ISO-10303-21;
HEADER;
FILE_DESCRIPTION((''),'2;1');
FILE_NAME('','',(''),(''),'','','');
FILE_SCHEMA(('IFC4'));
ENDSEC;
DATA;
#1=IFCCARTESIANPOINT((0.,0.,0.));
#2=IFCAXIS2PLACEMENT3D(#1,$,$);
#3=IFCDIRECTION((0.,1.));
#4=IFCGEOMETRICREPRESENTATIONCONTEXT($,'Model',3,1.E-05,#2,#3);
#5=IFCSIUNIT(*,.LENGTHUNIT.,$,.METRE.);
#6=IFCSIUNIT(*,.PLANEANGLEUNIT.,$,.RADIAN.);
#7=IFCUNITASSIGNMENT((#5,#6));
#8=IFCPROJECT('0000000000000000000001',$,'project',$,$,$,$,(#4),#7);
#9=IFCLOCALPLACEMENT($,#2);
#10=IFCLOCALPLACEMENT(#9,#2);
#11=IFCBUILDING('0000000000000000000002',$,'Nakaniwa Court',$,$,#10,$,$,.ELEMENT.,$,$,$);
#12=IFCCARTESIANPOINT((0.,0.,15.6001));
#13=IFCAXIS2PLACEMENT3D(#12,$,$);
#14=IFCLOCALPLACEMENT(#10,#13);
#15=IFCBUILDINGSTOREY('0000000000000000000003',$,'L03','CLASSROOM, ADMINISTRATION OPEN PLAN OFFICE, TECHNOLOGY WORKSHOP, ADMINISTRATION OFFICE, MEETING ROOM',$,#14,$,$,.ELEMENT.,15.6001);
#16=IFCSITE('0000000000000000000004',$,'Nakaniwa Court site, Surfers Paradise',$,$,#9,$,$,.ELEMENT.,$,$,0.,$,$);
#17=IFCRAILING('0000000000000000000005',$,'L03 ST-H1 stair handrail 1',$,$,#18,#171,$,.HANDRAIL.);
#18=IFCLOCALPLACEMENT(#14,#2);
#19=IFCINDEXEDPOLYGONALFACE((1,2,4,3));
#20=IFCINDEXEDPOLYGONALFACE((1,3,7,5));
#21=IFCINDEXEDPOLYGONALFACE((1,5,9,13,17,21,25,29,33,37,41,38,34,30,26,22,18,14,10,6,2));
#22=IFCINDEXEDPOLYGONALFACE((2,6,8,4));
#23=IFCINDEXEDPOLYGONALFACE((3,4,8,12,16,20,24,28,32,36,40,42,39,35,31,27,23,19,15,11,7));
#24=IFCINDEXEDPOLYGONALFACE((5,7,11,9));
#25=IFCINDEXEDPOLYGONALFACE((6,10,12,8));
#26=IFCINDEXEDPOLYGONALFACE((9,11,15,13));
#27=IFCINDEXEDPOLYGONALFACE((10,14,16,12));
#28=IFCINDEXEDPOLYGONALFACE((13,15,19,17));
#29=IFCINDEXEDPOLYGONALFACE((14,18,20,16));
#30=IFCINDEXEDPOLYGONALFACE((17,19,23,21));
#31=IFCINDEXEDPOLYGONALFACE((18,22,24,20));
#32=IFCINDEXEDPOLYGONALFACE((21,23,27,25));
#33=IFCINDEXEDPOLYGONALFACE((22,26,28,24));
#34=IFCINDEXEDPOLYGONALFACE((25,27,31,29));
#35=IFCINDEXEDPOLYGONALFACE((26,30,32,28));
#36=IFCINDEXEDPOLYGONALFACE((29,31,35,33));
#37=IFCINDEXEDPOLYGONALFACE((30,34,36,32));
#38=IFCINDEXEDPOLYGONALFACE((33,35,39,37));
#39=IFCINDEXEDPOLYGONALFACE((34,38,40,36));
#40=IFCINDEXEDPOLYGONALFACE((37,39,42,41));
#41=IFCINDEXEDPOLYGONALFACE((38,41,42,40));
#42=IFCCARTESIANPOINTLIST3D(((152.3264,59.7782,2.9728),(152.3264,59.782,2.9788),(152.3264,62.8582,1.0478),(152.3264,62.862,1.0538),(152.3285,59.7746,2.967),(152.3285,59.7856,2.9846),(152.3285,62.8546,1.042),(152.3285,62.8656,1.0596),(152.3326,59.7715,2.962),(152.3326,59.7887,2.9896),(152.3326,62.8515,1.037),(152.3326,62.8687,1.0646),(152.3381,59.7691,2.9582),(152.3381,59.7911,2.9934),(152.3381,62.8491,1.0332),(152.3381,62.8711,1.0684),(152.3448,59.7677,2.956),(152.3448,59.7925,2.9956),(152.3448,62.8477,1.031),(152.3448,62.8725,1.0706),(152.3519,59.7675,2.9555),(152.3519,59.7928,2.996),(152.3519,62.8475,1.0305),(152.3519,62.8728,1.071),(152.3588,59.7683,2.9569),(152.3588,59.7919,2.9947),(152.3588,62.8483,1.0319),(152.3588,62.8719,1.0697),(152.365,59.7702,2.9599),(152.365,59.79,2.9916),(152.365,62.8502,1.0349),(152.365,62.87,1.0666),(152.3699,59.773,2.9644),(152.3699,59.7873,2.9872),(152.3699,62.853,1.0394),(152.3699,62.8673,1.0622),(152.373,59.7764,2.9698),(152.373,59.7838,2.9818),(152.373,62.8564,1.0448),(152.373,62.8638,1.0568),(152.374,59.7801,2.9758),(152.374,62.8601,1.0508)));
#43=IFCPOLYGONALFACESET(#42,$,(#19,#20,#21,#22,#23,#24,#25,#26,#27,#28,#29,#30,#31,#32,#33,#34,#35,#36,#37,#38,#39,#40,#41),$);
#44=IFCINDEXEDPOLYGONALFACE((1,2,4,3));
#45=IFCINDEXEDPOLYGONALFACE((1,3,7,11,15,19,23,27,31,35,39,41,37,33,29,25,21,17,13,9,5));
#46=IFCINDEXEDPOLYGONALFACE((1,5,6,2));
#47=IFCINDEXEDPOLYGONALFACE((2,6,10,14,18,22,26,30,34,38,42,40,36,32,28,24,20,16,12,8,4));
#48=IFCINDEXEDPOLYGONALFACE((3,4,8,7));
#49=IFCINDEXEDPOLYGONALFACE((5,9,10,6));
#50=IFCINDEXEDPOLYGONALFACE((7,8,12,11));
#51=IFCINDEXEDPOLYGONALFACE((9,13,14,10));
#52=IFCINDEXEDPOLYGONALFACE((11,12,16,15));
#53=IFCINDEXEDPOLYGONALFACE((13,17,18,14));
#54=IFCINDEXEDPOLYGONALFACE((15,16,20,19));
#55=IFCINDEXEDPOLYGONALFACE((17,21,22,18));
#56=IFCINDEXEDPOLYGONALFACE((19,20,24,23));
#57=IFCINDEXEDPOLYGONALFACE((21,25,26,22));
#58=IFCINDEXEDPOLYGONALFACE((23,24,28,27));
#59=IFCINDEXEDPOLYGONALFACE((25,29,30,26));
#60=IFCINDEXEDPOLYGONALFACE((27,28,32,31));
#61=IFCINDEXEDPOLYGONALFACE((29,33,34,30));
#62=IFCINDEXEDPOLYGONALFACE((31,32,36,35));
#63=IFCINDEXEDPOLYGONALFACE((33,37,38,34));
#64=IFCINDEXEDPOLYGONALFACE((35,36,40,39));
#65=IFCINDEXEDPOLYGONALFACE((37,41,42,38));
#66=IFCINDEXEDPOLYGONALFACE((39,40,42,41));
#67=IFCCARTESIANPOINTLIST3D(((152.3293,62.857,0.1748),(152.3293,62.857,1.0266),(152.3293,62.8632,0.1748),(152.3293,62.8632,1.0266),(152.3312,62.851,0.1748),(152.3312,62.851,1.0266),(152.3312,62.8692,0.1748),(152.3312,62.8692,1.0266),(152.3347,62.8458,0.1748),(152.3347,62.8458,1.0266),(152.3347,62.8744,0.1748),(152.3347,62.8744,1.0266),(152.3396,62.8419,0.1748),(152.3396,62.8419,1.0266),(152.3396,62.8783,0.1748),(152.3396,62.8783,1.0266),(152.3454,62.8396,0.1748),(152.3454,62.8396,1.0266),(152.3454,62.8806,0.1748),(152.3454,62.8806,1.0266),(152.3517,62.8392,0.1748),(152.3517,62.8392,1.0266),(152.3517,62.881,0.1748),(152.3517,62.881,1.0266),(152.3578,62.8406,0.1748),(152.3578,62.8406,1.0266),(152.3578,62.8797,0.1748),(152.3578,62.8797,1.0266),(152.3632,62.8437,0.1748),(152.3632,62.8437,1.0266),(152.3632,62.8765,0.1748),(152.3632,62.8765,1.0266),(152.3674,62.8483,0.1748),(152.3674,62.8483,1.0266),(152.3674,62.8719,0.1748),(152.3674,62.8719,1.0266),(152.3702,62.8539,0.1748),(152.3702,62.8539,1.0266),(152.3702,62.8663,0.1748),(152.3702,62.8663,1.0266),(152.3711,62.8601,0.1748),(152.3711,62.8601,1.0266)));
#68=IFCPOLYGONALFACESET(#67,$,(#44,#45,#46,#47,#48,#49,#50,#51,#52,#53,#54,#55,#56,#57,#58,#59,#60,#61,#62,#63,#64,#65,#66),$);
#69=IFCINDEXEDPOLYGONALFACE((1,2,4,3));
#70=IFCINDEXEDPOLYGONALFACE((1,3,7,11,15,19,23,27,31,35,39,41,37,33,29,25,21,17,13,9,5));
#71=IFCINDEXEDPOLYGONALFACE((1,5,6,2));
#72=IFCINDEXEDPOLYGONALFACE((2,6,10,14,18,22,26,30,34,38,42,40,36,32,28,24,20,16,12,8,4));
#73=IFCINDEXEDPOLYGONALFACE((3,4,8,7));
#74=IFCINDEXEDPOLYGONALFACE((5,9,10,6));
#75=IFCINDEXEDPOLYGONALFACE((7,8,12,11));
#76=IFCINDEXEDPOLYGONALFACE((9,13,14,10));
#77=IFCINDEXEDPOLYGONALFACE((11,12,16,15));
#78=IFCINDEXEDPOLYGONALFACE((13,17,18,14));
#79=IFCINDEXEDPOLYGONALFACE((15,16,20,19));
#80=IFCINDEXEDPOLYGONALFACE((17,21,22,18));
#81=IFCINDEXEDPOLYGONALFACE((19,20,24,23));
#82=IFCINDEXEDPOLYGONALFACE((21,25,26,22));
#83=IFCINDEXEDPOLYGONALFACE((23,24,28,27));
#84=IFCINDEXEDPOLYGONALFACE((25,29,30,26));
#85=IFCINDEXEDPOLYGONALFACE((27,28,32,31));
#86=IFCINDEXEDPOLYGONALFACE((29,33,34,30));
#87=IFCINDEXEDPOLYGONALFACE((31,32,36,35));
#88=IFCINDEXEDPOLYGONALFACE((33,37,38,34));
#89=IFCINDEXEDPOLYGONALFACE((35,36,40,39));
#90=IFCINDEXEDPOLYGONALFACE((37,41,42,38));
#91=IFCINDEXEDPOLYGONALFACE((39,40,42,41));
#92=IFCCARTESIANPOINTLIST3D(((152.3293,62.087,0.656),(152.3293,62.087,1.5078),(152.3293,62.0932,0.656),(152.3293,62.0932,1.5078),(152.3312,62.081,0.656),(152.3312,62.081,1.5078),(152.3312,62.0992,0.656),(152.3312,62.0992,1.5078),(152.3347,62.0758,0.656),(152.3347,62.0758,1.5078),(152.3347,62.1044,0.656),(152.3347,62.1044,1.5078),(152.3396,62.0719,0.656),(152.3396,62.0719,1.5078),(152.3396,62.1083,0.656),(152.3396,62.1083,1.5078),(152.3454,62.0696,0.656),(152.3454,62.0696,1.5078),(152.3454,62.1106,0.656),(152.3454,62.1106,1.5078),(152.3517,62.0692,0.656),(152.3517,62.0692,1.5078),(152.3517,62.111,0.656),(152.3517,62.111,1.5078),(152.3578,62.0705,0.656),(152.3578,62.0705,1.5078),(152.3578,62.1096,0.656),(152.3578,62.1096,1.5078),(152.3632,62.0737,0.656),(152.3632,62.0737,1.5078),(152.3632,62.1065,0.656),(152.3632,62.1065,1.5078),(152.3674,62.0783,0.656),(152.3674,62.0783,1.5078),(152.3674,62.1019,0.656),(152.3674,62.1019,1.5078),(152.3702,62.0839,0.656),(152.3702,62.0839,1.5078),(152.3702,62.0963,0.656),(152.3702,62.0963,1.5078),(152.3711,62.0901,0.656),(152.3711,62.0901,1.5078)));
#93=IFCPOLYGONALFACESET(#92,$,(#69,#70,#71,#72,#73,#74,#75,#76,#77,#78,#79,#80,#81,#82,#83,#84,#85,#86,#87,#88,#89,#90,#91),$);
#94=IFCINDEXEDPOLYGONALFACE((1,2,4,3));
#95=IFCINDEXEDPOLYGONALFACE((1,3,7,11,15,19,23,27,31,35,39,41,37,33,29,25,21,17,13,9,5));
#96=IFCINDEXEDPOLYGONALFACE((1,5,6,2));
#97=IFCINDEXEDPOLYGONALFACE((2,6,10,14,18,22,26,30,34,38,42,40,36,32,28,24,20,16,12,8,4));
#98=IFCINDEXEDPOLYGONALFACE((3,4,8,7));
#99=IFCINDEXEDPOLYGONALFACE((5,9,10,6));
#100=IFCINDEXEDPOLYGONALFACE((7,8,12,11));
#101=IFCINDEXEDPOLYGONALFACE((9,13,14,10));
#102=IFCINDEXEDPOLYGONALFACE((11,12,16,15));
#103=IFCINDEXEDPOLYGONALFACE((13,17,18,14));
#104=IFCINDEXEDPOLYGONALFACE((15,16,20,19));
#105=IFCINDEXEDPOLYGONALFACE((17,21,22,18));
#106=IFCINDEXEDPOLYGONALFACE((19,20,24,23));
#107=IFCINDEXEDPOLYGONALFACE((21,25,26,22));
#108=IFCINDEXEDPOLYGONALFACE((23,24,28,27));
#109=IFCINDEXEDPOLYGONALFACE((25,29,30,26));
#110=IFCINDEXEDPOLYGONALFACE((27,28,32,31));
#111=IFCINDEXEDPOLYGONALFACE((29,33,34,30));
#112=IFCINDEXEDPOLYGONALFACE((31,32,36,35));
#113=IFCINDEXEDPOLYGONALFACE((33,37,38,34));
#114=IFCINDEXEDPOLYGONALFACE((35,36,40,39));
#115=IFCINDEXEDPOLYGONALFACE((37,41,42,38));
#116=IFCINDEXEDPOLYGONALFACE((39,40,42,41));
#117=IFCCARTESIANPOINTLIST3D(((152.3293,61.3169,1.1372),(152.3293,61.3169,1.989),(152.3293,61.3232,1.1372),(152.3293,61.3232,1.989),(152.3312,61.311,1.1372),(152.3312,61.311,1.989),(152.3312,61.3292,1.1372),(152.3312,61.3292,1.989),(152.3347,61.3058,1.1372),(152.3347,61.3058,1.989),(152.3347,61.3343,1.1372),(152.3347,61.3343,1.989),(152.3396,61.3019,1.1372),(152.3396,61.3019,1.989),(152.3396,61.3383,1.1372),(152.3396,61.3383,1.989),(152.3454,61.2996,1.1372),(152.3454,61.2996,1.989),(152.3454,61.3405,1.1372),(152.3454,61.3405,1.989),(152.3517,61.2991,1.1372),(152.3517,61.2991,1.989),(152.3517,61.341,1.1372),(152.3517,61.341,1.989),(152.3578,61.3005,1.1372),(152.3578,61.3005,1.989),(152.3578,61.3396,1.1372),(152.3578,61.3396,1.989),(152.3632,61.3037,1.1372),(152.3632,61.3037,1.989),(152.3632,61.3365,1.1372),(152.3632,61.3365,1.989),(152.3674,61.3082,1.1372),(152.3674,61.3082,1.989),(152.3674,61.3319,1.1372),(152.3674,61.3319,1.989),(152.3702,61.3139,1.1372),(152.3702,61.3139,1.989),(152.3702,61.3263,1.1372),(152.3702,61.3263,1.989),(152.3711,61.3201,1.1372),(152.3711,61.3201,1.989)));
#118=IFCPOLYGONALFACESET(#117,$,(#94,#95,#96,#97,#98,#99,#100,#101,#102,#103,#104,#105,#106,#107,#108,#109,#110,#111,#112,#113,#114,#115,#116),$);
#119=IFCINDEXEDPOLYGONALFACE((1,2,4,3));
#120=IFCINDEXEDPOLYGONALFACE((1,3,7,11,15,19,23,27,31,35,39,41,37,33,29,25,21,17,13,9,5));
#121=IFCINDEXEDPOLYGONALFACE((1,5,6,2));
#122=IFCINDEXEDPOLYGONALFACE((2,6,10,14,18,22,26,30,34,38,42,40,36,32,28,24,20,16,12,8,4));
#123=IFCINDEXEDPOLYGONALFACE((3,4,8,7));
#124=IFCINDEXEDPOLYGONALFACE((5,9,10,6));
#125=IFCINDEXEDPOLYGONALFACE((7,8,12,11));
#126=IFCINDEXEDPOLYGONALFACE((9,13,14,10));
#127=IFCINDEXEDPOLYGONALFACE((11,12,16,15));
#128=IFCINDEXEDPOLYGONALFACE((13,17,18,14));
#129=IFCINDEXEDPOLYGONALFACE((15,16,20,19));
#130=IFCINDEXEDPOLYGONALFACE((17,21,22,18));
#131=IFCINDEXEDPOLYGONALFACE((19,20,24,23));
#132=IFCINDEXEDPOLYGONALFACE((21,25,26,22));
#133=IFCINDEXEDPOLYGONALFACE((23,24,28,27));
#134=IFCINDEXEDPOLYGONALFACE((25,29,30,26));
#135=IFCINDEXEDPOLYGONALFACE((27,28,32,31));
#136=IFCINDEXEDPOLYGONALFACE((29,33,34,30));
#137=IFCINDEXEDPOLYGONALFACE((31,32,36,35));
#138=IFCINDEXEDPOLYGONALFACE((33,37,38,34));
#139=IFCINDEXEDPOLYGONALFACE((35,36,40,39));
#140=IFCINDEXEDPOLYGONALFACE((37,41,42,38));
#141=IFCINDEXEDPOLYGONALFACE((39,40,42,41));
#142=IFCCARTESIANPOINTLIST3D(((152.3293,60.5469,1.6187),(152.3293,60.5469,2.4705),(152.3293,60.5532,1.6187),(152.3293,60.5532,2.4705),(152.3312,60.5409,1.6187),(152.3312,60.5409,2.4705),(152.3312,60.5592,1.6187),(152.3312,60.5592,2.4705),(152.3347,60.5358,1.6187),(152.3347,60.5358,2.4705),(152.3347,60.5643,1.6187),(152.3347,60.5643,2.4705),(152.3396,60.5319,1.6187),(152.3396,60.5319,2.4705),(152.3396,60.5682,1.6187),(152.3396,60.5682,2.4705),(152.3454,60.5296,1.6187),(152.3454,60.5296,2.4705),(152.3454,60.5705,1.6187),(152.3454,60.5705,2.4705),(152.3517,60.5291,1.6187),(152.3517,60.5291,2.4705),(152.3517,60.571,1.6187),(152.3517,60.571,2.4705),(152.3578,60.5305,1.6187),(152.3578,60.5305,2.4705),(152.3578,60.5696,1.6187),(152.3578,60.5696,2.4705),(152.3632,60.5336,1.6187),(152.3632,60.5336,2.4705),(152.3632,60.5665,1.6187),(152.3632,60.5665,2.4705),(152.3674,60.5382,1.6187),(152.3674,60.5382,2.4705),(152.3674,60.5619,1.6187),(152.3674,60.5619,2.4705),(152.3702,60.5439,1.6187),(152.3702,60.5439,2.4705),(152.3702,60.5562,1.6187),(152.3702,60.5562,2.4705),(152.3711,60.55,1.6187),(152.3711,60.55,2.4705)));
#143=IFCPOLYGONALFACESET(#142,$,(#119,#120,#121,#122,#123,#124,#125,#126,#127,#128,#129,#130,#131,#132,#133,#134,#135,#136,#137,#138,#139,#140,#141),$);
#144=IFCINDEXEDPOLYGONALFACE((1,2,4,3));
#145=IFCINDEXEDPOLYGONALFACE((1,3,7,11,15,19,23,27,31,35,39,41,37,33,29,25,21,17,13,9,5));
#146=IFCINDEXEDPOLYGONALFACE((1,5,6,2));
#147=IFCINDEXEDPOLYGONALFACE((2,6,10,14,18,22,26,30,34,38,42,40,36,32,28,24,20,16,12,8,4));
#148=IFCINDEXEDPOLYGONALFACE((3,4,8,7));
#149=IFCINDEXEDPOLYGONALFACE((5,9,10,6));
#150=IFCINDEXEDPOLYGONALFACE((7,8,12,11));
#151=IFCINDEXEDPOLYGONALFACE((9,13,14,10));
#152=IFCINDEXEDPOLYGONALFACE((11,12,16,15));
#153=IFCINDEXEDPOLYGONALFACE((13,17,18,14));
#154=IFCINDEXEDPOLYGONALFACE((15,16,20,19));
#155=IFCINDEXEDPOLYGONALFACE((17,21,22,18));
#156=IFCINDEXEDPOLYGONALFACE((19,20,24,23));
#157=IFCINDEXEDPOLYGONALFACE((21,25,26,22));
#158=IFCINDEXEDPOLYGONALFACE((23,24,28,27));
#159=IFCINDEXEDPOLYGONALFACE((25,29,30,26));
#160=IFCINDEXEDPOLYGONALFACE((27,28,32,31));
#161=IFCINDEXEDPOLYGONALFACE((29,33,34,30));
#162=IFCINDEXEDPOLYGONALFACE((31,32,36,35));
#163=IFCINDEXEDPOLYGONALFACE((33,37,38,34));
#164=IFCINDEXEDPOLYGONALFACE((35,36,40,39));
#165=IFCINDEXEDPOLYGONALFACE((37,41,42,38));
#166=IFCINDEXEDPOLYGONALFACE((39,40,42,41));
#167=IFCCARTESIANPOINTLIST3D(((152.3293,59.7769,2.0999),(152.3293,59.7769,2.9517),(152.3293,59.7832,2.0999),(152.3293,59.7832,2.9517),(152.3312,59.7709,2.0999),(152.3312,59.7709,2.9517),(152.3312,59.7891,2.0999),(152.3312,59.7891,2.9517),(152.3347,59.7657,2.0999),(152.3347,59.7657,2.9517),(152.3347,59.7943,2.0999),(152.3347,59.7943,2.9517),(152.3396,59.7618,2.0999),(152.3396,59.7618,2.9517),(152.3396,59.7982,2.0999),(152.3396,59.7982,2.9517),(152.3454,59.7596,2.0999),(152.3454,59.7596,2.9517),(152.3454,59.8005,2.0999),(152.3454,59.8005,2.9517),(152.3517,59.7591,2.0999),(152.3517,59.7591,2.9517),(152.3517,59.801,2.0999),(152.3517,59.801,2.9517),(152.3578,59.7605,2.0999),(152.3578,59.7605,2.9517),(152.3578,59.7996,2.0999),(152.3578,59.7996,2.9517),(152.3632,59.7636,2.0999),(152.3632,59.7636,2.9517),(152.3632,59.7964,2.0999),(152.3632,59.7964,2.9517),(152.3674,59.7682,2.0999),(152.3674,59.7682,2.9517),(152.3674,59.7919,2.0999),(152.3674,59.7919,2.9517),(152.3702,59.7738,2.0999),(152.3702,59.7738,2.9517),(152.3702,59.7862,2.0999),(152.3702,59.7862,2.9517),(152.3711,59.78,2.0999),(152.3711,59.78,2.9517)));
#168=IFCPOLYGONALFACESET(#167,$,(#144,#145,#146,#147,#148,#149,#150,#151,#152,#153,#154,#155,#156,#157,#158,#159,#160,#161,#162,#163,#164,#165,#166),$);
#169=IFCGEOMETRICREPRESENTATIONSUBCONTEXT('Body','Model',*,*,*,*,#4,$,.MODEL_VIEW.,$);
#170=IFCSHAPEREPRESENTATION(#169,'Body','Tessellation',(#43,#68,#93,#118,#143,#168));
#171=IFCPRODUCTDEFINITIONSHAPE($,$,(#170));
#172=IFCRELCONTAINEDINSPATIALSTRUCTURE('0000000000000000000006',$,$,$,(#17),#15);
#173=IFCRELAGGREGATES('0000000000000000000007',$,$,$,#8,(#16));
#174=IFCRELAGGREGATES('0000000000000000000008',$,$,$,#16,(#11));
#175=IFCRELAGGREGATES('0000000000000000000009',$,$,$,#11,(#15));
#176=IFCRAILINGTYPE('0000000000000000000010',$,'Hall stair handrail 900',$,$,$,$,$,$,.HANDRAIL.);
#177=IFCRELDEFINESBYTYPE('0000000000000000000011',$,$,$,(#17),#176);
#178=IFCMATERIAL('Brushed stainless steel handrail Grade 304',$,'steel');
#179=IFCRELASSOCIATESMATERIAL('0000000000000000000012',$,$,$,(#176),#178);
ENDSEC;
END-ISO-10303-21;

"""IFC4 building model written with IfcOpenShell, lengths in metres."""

from ifc_helpers import new_model, si_unit, direction, frame, origin, origin_2d, place, context, subcontext, project, spatial, circle, extrude, material, type_object, element, save


model = new_model("IFC4")

# Units and contexts
model_context = context("Model", 3, precision=1e-05, world=origin(), true_north=direction((0.0, 1.0)))
body_context = subcontext(model_context, "Body", "Model", "MODEL_VIEW")
ifc_project = project(units=[si_unit("LENGTHUNIT", "METRE"), si_unit("PLANEANGLEUNIT", "RADIAN")], contexts=[model_context])

# Site, building, storey
site_placement = place(None, origin())
site = spatial("IfcSite", under=ifc_project, at=site_placement, Name="Nakaniwa Court site, Surfers Paradise", CompositionType="ELEMENT", RefElevation=0.0)
building_placement = place(site_placement, origin())
building = spatial("IfcBuilding", under=site, at=building_placement, Name="Nakaniwa Court", CompositionType="ELEMENT")
storey_placement = place(building_placement, frame((0.0, 0.0, 15.6001)))
storey = spatial("IfcBuildingStorey", under=building, at=storey_placement, Name="L03", Description="CLASSROOM, ADMINISTRATION OPEN PLAN OFFICE, TECHNOLOGY WORKSHOP, ADMINISTRATION OFFICE, MEETING ROOM", CompositionType="ELEMENT", Elevation=15.6001)

# Railing
ifc_material_1 = material(Name="Brushed stainless steel handrail Grade 304", Category="steel")
railing_type_1 = type_object("IfcRailingType", Name="Hall stair handrail 900", PredefinedType="HANDRAIL", material=ifc_material_1)
railing_1_placement = place(storey_placement, frame((152.3501, 62.8601, 0.1748)))
element("IfcRailing", 1, at=railing_1_placement, inside=storey, type_object=railing_type_1, Name="L03 ST-H1 stair handrail 1", PredefinedType="HANDRAIL", context=body_context, shape_type="SweptSolid", body=[
    extrude(circle(Radius=0.0239, at=origin_2d()), frame((0.0, 0.0, 0.876), z_axis=(0.0, -0.847998, 0.529999), x_axis=(1.0, 0.0, 0.0)), (0.0, 0.0, 1.0), 3.6321),
    extrude(circle(Radius=0.021, at=origin_2d()), origin(), (0.0, 0.0, 1.0), 0.8518),
    extrude(circle(Radius=0.021, at=origin_2d()), frame((0.0, -0.77, 0.4812)), (0.0, 0.0, 1.0), 0.8518),
    extrude(circle(Radius=0.021, at=origin_2d()), frame((0.0, -1.54, 0.9624)), (0.0, 0.0, 1.0), 0.8518),
    extrude(circle(Radius=0.021, at=origin_2d()), frame((0.0, -2.3101, 1.4438)), (0.0, 0.0, 1.0), 0.8518),
    extrude(circle(Radius=0.021, at=origin_2d()), frame((0.0, -3.0801, 1.925)), (0.0, 0.0, 1.0), 0.8518),
])

save(model, "model.ifc")
